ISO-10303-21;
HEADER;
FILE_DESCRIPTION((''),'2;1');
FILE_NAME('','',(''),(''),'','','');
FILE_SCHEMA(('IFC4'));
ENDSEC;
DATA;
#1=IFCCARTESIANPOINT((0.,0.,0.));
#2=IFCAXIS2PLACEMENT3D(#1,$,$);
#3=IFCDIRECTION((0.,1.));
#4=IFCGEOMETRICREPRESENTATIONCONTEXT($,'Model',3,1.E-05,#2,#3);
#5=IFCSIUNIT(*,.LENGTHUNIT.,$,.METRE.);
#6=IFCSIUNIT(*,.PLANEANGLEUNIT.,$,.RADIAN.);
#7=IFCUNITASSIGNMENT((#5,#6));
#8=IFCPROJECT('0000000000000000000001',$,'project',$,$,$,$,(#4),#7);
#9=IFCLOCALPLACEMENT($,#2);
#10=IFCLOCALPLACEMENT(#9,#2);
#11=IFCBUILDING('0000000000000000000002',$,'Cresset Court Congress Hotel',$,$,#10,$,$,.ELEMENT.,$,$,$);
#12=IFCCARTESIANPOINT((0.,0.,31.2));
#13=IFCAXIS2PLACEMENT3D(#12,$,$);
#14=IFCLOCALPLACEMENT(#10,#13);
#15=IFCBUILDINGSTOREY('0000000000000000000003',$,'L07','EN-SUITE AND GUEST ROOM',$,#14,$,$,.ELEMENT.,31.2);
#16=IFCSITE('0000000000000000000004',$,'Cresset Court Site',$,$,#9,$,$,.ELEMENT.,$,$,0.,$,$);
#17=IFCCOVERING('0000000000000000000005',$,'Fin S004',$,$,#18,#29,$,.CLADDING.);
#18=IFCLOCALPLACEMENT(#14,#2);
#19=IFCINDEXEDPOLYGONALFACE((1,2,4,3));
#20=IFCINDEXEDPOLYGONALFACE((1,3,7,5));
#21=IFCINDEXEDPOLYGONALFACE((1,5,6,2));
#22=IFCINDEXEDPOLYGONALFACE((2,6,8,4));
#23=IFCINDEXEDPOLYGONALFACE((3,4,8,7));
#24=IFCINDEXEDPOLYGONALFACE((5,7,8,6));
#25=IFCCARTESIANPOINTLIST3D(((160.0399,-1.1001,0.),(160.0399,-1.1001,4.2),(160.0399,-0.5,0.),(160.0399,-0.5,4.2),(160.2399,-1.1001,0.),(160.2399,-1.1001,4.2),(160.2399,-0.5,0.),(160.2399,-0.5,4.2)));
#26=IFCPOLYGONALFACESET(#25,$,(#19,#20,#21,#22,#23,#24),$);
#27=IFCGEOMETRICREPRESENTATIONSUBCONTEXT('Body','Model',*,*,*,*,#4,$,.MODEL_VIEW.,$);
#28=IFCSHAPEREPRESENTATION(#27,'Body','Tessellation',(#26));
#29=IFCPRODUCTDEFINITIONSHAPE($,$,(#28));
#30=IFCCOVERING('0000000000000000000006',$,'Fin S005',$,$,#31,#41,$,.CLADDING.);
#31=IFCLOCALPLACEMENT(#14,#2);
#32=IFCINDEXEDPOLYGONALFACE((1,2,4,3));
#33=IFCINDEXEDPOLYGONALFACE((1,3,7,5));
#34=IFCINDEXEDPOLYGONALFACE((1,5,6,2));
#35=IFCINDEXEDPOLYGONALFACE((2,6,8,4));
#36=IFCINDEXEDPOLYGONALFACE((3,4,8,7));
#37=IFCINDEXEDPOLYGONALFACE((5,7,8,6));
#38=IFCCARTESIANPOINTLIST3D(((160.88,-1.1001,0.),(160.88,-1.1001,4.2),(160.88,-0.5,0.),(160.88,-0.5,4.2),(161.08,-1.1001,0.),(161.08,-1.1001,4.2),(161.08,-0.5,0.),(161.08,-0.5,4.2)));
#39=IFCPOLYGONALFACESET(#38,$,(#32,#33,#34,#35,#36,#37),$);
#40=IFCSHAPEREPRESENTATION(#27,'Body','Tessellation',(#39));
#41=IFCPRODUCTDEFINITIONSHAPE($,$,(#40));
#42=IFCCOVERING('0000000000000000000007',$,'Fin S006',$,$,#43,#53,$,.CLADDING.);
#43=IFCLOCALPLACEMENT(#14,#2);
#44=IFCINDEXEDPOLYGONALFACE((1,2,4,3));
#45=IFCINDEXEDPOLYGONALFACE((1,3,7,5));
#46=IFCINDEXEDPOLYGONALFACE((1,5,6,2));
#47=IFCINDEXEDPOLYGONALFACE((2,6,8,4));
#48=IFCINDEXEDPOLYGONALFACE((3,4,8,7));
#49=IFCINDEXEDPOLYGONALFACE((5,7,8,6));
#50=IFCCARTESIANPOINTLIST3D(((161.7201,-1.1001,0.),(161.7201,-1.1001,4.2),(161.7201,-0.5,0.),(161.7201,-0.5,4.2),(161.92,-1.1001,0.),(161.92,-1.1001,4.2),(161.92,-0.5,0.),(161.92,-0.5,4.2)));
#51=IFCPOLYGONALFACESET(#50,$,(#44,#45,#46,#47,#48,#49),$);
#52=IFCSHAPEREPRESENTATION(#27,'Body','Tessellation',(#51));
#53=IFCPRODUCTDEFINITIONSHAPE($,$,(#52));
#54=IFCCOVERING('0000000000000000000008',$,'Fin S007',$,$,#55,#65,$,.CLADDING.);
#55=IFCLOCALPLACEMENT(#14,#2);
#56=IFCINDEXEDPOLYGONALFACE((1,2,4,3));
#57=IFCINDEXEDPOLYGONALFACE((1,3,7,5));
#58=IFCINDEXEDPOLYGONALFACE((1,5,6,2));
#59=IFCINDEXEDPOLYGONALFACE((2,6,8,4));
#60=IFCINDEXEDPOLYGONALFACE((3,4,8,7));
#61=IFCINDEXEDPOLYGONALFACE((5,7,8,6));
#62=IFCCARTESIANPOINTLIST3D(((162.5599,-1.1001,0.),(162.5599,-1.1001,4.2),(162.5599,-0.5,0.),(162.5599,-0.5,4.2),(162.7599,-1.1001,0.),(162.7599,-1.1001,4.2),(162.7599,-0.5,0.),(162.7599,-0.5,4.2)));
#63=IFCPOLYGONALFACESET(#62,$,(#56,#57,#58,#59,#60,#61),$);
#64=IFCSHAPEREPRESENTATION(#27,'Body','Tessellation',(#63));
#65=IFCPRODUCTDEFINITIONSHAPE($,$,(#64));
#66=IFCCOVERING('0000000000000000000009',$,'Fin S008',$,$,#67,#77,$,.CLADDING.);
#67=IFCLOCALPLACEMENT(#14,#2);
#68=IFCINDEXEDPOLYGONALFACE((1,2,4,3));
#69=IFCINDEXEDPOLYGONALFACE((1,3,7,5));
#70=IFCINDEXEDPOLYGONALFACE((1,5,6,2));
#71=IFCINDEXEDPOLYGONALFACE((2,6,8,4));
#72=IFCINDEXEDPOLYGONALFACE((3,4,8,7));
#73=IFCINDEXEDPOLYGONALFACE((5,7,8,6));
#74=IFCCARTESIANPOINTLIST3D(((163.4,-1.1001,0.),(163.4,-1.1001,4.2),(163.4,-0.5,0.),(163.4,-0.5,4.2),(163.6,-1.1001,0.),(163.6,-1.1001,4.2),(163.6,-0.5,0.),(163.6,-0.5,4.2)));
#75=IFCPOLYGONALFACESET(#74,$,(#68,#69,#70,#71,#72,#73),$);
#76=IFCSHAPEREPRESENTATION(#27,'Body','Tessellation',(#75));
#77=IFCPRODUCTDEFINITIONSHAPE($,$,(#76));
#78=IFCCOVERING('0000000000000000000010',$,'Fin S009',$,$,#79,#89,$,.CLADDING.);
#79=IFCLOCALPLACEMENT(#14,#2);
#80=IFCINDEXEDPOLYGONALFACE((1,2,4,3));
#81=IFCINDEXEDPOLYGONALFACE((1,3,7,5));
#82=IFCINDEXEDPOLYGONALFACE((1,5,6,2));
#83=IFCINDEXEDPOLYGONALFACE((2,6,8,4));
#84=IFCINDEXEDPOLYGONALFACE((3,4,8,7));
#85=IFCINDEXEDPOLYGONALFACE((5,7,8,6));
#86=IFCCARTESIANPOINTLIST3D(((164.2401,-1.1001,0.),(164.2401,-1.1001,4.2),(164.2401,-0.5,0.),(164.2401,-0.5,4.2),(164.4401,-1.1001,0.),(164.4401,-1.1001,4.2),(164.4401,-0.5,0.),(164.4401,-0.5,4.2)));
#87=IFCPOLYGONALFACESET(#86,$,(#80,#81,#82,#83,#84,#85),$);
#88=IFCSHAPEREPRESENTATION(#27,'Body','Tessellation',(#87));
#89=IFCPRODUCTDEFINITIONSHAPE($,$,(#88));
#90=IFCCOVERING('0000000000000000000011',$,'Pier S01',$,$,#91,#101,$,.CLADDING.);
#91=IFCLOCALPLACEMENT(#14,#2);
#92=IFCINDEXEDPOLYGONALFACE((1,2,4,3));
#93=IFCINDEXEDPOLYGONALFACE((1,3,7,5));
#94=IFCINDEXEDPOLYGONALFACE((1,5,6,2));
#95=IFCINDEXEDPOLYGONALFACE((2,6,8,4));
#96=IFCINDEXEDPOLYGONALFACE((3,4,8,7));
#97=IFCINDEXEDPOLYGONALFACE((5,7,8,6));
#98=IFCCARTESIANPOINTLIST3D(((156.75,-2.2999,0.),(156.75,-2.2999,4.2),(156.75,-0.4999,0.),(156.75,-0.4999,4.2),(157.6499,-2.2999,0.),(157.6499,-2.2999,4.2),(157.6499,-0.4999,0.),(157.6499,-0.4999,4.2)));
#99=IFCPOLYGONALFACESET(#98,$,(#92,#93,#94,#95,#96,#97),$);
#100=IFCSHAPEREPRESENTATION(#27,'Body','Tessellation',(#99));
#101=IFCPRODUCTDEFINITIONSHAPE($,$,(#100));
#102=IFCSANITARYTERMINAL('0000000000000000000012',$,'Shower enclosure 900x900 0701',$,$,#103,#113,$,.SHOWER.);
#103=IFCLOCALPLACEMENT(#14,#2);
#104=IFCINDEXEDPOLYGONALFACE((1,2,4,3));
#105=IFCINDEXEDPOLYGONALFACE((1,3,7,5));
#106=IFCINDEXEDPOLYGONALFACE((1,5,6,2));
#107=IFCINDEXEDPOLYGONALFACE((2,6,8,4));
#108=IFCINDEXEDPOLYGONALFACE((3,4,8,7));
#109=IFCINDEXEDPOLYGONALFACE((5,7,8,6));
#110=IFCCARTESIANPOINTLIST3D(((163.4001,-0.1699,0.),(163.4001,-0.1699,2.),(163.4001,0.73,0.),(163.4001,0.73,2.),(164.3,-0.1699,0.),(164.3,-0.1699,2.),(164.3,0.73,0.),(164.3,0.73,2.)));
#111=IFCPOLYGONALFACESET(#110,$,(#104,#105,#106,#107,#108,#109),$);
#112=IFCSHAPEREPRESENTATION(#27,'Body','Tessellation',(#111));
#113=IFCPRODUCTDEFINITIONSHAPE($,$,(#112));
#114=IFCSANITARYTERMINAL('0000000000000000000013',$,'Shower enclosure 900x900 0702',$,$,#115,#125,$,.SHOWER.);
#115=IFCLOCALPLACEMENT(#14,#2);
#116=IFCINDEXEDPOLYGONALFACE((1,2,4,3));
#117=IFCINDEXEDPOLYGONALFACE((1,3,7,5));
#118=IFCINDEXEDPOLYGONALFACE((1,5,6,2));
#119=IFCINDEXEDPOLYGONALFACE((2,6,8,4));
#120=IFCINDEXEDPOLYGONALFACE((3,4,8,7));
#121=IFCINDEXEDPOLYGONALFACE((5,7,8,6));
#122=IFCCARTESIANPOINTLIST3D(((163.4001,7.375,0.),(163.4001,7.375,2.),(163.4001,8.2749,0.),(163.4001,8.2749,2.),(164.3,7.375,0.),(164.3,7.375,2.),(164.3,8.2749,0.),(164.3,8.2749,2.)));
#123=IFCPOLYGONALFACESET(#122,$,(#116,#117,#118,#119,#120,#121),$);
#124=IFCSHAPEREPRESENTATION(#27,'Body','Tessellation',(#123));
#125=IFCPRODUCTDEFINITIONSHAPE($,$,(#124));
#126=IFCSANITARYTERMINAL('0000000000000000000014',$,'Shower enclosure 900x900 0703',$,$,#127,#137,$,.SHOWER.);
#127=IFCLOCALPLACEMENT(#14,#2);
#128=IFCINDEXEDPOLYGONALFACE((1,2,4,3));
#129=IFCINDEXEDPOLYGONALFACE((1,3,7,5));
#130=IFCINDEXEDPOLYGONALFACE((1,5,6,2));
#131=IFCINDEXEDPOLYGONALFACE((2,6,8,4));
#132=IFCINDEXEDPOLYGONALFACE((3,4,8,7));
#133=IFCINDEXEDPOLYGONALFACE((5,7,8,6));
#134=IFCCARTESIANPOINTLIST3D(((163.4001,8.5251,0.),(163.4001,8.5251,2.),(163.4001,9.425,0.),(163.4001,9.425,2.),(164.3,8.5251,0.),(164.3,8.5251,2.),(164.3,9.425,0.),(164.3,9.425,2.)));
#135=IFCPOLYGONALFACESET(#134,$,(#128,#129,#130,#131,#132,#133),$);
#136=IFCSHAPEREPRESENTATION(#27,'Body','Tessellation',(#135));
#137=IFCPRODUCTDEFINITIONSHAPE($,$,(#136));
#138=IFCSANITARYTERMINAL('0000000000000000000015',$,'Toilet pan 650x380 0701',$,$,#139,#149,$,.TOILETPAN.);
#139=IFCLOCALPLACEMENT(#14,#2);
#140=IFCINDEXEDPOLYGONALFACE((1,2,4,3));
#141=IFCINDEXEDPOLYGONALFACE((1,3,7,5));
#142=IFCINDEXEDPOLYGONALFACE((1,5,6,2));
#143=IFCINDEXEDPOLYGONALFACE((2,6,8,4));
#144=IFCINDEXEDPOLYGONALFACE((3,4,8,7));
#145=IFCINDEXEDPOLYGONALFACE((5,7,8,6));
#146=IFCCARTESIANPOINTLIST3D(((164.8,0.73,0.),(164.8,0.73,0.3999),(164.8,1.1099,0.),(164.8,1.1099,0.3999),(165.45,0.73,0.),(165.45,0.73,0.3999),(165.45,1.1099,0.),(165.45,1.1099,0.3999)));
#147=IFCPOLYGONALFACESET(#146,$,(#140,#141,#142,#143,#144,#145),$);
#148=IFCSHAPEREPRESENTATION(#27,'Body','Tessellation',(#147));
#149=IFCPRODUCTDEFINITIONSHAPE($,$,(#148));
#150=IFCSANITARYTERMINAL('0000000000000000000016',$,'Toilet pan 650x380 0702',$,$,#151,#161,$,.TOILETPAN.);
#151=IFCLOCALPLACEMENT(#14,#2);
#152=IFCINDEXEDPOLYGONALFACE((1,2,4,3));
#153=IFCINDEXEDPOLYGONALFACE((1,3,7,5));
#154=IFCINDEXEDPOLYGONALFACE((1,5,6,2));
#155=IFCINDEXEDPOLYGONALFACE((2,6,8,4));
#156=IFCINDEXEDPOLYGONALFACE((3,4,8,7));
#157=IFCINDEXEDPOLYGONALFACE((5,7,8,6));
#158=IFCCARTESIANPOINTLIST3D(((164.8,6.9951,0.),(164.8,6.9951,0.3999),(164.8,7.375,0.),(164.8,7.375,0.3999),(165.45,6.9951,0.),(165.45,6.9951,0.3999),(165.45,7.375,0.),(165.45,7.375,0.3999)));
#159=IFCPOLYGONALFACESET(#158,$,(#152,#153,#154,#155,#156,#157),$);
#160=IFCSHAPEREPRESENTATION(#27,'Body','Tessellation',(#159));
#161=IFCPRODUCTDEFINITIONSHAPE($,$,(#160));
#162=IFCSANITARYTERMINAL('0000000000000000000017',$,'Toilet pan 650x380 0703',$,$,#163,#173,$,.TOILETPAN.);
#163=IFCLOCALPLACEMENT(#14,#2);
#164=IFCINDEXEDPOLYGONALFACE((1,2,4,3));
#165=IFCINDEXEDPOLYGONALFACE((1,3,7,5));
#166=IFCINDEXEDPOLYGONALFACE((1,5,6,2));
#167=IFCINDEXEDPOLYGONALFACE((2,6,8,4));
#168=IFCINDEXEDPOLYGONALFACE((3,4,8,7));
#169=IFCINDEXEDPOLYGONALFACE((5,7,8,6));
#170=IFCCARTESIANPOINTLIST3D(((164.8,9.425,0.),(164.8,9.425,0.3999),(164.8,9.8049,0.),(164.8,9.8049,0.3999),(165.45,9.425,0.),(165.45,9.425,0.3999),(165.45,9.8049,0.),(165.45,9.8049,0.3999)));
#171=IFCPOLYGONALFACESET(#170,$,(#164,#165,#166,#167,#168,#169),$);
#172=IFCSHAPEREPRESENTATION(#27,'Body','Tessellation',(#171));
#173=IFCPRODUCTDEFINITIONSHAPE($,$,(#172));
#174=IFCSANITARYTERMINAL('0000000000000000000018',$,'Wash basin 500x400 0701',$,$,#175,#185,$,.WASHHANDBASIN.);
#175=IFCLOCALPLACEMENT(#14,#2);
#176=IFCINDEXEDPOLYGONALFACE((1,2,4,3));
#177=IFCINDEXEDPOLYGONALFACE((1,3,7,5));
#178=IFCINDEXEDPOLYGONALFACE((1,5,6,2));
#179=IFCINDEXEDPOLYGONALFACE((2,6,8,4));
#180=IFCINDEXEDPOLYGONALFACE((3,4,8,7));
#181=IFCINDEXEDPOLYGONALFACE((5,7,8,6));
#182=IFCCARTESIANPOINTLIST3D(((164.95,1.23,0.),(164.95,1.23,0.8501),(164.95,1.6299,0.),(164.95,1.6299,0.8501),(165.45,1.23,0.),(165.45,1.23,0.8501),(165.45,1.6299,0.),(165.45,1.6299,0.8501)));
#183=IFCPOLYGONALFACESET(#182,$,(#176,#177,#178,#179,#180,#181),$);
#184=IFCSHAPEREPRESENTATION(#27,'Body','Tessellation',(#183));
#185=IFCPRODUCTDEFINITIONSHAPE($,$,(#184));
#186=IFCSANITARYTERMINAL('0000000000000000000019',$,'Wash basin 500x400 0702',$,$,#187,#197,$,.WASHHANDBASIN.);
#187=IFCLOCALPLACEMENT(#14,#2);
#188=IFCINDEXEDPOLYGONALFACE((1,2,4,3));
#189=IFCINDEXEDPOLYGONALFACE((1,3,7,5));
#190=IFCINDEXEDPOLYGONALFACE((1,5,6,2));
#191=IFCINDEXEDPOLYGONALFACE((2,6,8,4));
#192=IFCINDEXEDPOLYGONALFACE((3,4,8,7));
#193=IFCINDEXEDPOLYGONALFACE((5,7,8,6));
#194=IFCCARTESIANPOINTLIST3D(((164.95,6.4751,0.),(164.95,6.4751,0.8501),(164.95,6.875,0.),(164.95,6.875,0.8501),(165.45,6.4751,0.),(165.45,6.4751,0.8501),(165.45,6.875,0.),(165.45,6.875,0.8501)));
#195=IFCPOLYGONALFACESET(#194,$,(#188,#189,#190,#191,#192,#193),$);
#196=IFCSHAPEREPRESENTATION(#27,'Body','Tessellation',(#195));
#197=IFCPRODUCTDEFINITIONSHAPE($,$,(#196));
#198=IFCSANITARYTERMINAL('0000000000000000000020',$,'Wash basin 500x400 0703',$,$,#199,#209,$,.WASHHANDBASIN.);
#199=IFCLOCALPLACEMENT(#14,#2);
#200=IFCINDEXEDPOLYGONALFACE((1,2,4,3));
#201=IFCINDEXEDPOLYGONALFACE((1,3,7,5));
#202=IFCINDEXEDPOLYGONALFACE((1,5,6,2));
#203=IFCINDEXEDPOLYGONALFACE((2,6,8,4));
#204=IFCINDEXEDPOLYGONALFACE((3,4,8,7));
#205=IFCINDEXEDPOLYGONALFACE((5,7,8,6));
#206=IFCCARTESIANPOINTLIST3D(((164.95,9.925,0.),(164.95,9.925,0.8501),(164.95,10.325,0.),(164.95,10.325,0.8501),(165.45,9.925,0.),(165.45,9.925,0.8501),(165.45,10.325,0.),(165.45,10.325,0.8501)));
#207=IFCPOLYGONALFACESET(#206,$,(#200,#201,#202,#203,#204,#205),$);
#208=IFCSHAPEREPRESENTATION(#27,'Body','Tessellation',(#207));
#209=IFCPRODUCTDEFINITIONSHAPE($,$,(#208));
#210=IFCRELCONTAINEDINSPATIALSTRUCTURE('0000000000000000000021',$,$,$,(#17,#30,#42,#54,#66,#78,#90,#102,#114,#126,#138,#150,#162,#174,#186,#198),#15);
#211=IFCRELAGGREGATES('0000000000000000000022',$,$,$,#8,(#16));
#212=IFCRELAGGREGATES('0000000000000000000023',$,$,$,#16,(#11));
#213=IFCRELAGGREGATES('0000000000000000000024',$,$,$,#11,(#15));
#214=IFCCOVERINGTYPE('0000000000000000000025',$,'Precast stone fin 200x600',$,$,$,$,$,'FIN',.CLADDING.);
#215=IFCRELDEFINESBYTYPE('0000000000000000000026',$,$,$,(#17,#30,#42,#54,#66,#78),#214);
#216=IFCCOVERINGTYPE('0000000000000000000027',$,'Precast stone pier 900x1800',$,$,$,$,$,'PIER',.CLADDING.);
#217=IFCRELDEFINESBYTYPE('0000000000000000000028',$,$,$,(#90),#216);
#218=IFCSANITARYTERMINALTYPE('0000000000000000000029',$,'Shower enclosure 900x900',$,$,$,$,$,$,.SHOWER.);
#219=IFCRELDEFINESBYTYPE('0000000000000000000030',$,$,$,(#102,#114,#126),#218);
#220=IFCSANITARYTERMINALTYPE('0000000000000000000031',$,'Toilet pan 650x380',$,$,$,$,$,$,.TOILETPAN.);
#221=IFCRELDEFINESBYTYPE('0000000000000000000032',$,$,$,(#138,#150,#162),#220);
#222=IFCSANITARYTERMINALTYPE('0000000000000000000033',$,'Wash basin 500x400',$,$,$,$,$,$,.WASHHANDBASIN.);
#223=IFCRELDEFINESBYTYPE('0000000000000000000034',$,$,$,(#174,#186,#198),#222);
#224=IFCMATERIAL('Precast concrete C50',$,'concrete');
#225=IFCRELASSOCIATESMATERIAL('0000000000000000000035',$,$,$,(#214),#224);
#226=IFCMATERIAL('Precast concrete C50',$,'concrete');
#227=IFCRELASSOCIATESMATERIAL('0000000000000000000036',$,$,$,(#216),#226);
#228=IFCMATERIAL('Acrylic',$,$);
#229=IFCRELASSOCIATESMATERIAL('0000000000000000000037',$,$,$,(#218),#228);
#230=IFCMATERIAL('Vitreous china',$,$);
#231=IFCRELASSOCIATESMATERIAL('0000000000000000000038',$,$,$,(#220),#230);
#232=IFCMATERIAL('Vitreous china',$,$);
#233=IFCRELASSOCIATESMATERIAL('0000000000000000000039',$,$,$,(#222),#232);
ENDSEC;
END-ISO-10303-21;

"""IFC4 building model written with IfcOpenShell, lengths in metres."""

from ifc_helpers import new_model, si_unit, direction, frame, origin, origin_2d, place, context, subcontext, project, spatial, rectangle, extrude, material, type_object, element, save


model = new_model("IFC4")

# Units and contexts
model_context = context("Model", 3, precision=1e-05, world=origin(), true_north=direction((0.0, 1.0)))
body_context = subcontext(model_context, "Body", "Model", "MODEL_VIEW")
ifc_project = project(units=[si_unit("LENGTHUNIT", "METRE"), si_unit("PLANEANGLEUNIT", "RADIAN")], contexts=[model_context])

# Site, building, storey
site_placement = place(None, origin())
site = spatial("IfcSite", under=ifc_project, at=site_placement, Name="Cresset Court Site", CompositionType="ELEMENT", RefElevation=0.0)
building_placement = place(site_placement, origin())
building = spatial("IfcBuilding", under=site, at=building_placement, Name="Cresset Court Congress Hotel", CompositionType="ELEMENT")
storey_placement = place(building_placement, frame((0.0, 0.0, 31.2)))
storey = spatial("IfcBuildingStorey", under=building, at=storey_placement, Name="L07", Description="EN-SUITE AND GUEST ROOM", CompositionType="ELEMENT", Elevation=31.2)

# Coverings
ifc_material_1 = material(Name="Precast concrete C50", Category="concrete")
covering_type_1 = type_object("IfcCoveringType", Name="Precast stone fin 200x600", ElementType="FIN", PredefinedType="CLADDING", material=ifc_material_1)
for number, where, z_axis, x_axis, name in (
    (1, (160.1399, -0.8, 0.0), (0.0, 0.0, 1.0), (1.0, 0.0, 0.0), "Fin S004"),
    (2, (160.98, -0.8, 0.0), (0.0, 0.0, 1.0), (1.0, 0.0, 0.0), "Fin S005"),
    (3, (161.8201, -0.8, 0.0), (0.0, 0.0, 1.0), (1.0, 0.0, 0.0), "Fin S006"),
    (4, (162.6599, -0.8, 0.0), (0.0, 0.0, 1.0), (1.0, 0.0, 0.0), "Fin S007"),
    (5, (163.5, -0.8, 0.0), (0.0, 0.0, 1.0), (1.0, 0.0, 0.0), "Fin S008"),
    (6, (164.3401, -0.8, 0.0), (0.0, 0.0, 1.0), (1.0, 0.0, 0.0), "Fin S009"),
):
    element("IfcCovering", number, at=place(storey_placement, frame(where, z_axis=z_axis, x_axis=x_axis)), inside=storey, type_object=covering_type_1, Name=name, PredefinedType="CLADDING", context=body_context, shape_type="SweptSolid", body=[
        extrude(rectangle(XDim=0.2, YDim=0.6001, at=origin_2d()), origin(), (0.0, 0.0, 1.0), 4.2),
    ])
ifc_material_2 = material(Name="Precast concrete C50", Category="concrete")
covering_type_2 = type_object("IfcCoveringType", Name="Precast stone pier 900x1800", ElementType="PIER", PredefinedType="CLADDING", material=ifc_material_2)
covering_placement = place(storey_placement, frame((157.2, -1.3999, 0.0), z_axis=(0.0, 0.0, 1.0), x_axis=(1.0, 0.0, 0.0)))
element("IfcCovering", 7, at=covering_placement, inside=storey, type_object=covering_type_2, Name="Pier S01", PredefinedType="CLADDING", context=body_context, shape_type="SweptSolid", body=[
    extrude(rectangle(XDim=0.8999, YDim=1.8, at=origin_2d()), origin(), (0.0, 0.0, 1.0), 4.2),
])

# Sanitary terminals
ifc_material_3 = material(Name="Acrylic")
sanitary_terminal_type_1 = type_object("IfcSanitaryTerminalType", Name="Shower enclosure 900x900", PredefinedType="SHOWER", material=ifc_material_3)
for number, where, z_axis, x_axis, name in (
    (8, (163.8501, 0.28, 0.0), (0.0, 0.0, 1.0), (1.0, 0.0, 0.0), "Shower enclosure 900x900 0701"),
    (9, (163.8501, 7.825, 0.0), (0.0, 0.0, 1.0), (1.0, 0.0, 0.0), "Shower enclosure 900x900 0702"),
    (10, (163.8501, 8.9751, 0.0), (0.0, 0.0, 1.0), (1.0, 0.0, 0.0), "Shower enclosure 900x900 0703"),
):
    element("IfcSanitaryTerminal", number, at=place(storey_placement, frame(where, z_axis=z_axis, x_axis=x_axis)), inside=storey, type_object=sanitary_terminal_type_1, Name=name, PredefinedType="SHOWER", context=body_context, shape_type="SweptSolid", body=[
        extrude(rectangle(XDim=0.8999, YDim=0.8999, at=origin_2d()), origin(), (0.0, 0.0, 1.0), 2.0),
    ])
ifc_material_4 = material(Name="Vitreous china")
sanitary_terminal_type_2 = type_object("IfcSanitaryTerminalType", Name="Toilet pan 650x380", PredefinedType="TOILETPAN", material=ifc_material_4)
for number, where, z_axis, x_axis, name in (
    (11, (165.125, 0.9199, 0.0), (0.0, 0.0, 1.0), (1.0, 0.0, 0.0), "Toilet pan 650x380 0701"),
    (12, (165.125, 7.1851, 0.0), (0.0, 0.0, 1.0), (1.0, 0.0, 0.0), "Toilet pan 650x380 0702"),
    (13, (165.125, 9.615, 0.0), (0.0, 0.0, 1.0), (1.0, 0.0, 0.0), "Toilet pan 650x380 0703"),
):
    element("IfcSanitaryTerminal", number, at=place(storey_placement, frame(where, z_axis=z_axis, x_axis=x_axis)), inside=storey, type_object=sanitary_terminal_type_2, Name=name, PredefinedType="TOILETPAN", context=body_context, shape_type="SweptSolid", body=[
        extrude(rectangle(XDim=0.6499, YDim=0.3799, at=origin_2d()), origin(), (0.0, 0.0, 1.0), 0.3999),
    ])
ifc_material_5 = material(Name="Vitreous china")
sanitary_terminal_type_3 = type_object("IfcSanitaryTerminalType", Name="Wash basin 500x400", PredefinedType="WASHHANDBASIN", material=ifc_material_5)
for number, where, z_axis, x_axis, name in (
    (14, (165.2, 1.4299, 0.0), (0.0, 0.0, 1.0), (1.0, 0.0, 0.0), "Wash basin 500x400 0701"),
    (15, (165.2, 6.675, 0.0), (0.0, 0.0, 1.0), (1.0, 0.0, 0.0), "Wash basin 500x400 0702"),
    (16, (165.2, 10.125, 0.0), (0.0, 0.0, 1.0), (1.0, 0.0, 0.0), "Wash basin 500x400 0703"),
):
    element("IfcSanitaryTerminal", number, at=place(storey_placement, frame(where, z_axis=z_axis, x_axis=x_axis)), inside=storey, type_object=sanitary_terminal_type_3, Name=name, PredefinedType="WASHHANDBASIN", context=body_context, shape_type="SweptSolid", body=[
        extrude(rectangle(XDim=0.5, YDim=0.3999, at=origin_2d()), origin(), (0.0, 0.0, 1.0), 0.8501),
    ])

save(model, "model.ifc")
